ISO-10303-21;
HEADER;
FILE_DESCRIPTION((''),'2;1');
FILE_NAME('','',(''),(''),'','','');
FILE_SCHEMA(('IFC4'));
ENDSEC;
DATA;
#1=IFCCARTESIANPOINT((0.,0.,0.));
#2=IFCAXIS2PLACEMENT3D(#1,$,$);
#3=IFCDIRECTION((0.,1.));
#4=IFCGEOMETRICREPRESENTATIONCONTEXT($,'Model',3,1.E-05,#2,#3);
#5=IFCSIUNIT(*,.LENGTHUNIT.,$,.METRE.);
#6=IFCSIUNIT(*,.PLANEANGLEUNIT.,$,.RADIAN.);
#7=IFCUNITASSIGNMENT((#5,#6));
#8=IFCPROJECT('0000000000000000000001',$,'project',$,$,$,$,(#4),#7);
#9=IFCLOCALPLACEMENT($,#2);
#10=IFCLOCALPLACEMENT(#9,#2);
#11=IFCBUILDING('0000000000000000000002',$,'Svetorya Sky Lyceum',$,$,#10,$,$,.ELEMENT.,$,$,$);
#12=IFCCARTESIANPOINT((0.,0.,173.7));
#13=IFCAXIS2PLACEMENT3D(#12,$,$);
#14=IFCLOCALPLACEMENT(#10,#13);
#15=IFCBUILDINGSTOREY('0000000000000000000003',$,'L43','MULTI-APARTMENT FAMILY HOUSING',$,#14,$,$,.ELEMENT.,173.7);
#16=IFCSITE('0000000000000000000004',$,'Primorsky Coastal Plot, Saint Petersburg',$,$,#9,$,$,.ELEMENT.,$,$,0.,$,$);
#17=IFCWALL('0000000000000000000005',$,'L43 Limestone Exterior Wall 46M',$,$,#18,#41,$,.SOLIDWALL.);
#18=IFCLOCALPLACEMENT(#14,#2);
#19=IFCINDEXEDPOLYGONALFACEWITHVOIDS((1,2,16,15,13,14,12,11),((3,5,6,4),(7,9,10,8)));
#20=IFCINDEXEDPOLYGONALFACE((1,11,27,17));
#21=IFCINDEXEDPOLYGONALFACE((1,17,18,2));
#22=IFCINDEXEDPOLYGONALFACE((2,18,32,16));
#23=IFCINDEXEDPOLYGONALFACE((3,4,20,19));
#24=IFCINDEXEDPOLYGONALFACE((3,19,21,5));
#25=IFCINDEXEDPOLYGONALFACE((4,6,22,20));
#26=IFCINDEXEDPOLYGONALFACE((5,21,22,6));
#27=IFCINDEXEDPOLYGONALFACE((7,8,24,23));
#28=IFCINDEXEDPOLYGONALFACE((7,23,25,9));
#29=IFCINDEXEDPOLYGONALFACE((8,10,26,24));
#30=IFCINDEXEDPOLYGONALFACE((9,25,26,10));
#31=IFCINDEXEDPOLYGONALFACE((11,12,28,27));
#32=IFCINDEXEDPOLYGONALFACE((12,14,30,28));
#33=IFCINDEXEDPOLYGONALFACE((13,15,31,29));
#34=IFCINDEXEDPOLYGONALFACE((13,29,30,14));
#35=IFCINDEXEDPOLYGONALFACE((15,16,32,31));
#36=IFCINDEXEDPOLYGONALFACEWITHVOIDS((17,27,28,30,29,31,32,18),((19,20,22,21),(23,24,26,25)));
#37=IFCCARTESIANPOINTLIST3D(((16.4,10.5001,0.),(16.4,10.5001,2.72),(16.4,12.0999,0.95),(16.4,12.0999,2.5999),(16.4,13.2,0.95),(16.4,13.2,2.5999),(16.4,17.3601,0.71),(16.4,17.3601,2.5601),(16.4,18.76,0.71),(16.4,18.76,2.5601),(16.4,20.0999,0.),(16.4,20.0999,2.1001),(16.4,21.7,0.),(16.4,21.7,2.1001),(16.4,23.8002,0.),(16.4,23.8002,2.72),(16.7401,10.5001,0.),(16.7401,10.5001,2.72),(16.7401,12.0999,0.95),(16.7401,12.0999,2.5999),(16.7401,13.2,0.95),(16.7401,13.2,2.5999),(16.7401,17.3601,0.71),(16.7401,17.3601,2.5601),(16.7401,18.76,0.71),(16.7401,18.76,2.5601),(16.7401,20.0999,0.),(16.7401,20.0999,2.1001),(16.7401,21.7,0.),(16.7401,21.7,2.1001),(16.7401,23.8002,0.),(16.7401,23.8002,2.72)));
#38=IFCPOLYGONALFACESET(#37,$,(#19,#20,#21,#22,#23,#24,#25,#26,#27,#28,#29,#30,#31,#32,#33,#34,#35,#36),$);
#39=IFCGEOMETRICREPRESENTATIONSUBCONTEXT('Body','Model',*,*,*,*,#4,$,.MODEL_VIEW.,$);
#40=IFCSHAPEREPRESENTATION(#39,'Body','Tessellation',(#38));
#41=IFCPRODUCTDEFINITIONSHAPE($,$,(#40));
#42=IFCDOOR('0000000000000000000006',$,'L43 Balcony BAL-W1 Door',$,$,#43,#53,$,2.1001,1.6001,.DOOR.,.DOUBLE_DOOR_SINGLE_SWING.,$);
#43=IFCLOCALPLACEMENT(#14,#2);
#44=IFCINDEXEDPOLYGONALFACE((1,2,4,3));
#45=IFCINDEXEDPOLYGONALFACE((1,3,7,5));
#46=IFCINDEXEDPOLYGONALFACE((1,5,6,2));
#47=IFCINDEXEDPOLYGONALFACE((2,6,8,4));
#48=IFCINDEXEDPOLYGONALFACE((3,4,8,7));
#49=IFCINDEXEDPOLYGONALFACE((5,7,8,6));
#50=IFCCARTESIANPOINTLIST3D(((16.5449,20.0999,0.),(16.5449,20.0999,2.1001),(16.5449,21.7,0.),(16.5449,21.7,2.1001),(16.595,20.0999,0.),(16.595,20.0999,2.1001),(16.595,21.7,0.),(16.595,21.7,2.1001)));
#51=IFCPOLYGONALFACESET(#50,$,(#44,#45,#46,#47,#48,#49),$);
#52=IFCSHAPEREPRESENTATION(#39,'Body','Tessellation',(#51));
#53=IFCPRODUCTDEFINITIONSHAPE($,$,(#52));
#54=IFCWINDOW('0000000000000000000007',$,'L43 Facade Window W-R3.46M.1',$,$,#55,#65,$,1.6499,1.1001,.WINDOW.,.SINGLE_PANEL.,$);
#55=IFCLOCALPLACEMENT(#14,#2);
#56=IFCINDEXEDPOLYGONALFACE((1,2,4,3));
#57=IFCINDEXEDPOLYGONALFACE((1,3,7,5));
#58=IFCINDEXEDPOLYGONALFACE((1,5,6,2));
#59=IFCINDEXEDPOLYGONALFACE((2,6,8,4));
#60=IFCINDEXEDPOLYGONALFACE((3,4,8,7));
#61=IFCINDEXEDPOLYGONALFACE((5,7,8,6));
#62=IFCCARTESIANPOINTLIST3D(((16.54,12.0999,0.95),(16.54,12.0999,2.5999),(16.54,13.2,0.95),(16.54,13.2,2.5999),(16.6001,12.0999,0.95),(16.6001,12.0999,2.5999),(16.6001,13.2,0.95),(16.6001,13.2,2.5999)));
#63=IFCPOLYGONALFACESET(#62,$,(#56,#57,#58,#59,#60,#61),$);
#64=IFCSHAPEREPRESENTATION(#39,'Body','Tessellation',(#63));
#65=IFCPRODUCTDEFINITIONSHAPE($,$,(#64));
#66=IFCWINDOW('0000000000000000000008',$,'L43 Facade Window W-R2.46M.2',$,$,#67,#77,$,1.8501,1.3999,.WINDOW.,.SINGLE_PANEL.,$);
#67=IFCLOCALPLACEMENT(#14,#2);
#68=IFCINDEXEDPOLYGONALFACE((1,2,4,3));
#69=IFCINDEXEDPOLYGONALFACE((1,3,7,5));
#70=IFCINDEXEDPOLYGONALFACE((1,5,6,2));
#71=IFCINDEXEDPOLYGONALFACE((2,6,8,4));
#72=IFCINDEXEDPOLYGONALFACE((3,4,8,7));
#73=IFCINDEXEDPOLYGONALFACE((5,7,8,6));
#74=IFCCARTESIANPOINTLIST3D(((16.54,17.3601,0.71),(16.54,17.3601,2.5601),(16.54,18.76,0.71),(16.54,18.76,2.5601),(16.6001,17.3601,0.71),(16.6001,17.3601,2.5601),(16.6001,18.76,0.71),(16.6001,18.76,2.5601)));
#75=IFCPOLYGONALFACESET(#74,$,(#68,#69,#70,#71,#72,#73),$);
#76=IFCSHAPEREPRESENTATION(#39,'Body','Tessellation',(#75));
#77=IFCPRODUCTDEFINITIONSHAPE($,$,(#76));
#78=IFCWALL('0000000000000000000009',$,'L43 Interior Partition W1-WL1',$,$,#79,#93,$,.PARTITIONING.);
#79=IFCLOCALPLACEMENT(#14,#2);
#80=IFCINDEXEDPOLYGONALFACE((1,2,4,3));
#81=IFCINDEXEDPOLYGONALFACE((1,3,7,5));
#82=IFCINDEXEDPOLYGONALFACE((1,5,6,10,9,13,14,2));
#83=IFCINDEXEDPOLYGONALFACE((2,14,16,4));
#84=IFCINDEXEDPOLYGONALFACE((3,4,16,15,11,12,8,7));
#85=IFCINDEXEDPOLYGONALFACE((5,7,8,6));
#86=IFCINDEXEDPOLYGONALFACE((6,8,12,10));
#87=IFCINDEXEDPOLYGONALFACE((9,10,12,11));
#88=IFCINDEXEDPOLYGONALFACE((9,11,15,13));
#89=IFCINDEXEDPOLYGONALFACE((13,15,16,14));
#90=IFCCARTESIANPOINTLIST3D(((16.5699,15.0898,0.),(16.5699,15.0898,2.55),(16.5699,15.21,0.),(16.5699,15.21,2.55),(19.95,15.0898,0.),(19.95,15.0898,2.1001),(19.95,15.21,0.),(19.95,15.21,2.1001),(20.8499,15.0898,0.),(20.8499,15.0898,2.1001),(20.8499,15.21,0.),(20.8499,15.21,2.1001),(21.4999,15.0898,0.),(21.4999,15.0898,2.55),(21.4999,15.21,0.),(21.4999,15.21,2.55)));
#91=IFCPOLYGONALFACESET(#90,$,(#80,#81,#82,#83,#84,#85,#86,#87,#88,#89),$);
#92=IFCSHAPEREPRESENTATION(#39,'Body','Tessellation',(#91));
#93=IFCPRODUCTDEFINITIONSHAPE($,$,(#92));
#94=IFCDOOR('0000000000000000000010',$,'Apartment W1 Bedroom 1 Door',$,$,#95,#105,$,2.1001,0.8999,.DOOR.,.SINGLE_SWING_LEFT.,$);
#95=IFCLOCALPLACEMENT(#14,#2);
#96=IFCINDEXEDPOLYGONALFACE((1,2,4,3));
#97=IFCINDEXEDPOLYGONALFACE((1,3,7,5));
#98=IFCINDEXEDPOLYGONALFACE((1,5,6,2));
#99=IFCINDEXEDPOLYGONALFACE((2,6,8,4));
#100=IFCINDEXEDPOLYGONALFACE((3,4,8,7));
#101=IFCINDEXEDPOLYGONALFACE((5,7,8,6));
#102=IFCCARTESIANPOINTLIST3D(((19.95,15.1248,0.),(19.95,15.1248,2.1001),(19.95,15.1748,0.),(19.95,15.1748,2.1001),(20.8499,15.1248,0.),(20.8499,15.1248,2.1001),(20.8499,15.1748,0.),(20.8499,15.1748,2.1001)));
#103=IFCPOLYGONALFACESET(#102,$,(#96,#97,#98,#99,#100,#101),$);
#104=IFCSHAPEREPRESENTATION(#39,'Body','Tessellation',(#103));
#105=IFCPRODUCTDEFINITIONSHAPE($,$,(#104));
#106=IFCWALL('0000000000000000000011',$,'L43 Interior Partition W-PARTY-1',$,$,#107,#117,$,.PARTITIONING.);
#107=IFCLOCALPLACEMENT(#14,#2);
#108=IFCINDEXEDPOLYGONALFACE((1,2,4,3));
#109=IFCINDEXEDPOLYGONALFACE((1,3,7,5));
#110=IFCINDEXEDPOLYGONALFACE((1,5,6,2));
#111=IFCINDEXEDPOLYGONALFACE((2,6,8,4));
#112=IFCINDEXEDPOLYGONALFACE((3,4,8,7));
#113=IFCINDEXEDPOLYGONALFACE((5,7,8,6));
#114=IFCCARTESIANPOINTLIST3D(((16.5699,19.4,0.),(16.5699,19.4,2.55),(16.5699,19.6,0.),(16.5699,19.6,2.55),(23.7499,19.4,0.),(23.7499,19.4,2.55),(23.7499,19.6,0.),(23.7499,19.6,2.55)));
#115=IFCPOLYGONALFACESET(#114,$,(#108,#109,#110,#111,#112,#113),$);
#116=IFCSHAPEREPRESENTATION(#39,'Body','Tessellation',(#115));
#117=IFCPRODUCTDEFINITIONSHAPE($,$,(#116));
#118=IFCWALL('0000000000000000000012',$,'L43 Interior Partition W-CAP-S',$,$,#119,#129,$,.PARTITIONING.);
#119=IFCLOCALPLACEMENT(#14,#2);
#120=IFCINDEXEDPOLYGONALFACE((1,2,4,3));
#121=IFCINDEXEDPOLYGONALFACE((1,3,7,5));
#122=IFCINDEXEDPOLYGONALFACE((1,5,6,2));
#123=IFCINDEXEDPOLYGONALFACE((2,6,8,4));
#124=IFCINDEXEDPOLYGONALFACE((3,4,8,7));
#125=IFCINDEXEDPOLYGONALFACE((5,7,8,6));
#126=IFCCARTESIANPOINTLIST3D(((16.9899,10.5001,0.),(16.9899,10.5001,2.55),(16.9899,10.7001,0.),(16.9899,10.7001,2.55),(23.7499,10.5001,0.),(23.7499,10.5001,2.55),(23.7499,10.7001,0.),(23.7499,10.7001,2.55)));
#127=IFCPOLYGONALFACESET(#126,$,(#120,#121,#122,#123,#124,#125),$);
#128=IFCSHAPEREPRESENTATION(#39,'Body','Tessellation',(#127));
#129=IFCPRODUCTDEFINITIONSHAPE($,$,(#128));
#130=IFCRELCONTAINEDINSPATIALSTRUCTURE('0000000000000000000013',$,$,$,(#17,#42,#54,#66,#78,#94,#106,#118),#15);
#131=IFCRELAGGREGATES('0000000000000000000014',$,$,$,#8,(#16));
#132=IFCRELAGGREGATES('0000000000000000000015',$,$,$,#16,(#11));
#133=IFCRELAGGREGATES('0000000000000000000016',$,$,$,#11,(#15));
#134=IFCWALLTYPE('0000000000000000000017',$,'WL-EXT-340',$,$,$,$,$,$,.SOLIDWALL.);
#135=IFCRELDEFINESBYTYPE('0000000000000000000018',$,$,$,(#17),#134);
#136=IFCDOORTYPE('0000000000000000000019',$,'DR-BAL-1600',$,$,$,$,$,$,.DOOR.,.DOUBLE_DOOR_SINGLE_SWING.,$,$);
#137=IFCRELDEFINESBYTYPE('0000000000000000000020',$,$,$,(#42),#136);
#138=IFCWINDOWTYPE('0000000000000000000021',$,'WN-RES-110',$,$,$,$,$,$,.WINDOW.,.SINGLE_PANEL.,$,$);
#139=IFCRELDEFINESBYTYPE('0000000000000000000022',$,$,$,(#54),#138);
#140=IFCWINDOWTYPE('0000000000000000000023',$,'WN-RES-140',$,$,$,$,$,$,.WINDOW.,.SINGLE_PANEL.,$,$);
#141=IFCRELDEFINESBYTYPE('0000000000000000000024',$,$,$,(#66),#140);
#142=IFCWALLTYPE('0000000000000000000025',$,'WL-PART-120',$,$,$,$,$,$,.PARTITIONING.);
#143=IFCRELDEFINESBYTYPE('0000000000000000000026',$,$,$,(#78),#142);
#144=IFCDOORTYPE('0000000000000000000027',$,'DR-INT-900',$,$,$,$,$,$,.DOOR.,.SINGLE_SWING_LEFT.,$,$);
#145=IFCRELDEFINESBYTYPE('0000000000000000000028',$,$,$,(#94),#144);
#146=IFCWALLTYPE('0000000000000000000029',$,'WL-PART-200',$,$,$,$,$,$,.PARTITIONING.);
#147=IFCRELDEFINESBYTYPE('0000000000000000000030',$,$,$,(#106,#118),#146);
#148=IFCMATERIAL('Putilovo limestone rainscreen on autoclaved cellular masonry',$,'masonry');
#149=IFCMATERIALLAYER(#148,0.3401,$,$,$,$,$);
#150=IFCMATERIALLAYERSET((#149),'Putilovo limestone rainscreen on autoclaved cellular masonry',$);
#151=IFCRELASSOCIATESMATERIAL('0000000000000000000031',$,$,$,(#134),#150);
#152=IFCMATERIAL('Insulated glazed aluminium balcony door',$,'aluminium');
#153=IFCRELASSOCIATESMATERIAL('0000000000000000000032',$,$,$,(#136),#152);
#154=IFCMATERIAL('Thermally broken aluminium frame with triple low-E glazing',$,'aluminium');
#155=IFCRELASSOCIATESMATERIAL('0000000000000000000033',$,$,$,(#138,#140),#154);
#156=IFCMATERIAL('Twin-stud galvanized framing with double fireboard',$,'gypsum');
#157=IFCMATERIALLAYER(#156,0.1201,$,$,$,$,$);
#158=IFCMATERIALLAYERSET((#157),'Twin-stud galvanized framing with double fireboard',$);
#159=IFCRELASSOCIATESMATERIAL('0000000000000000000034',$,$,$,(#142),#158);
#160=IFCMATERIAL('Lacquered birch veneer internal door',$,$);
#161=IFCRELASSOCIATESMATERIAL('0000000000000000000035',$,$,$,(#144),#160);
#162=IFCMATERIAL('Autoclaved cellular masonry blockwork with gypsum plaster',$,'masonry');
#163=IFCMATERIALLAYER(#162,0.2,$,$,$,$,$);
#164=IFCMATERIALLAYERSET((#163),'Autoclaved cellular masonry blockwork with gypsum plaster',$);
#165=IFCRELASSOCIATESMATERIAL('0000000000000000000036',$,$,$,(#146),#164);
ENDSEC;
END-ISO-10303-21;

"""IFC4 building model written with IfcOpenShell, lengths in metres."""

from ifc_helpers import new_model, si_unit, direction, frame, frame_2d, origin, place, context, subcontext, project, spatial, rectangle, extrude, material, layer, layer_set, type_object, element, fill, save


model = new_model("IFC4")

# Units and contexts
model_context = context("Model", 3, precision=1e-05, world=origin(), true_north=direction((0.0, 1.0)))
body_context = subcontext(model_context, "Body", "Model", "MODEL_VIEW")
ifc_project = project(units=[si_unit("LENGTHUNIT", "METRE"), si_unit("PLANEANGLEUNIT", "RADIAN")], contexts=[model_context])

# Site, building, storey
site_placement = place(None, origin())
site = spatial("IfcSite", under=ifc_project, at=site_placement, Name="Primorsky Coastal Plot, Saint Petersburg", CompositionType="ELEMENT", RefElevation=0.0)
building_placement = place(site_placement, origin())
building = spatial("IfcBuilding", under=site, at=building_placement, Name="Svetorya Sky Lyceum", CompositionType="ELEMENT")
storey_placement = place(building_placement, frame((0.0, 0.0, 173.7)))
storey = spatial("IfcBuildingStorey", under=building, at=storey_placement, Name="L43", Description="MULTI-APARTMENT FAMILY HOUSING", CompositionType="ELEMENT", Elevation=173.7)

# Shared definitions
ifc_material_1 = material(Name="Putilovo limestone rainscreen on autoclaved cellular masonry", Category="masonry")
ifc_layer_1 = layer(ifc_material_1, 0.3401)
ifc_layer_set_1 = layer_set([ifc_layer_1], Name="Putilovo limestone rainscreen on autoclaved cellular masonry")
wall_type_1 = type_object("IfcWallType", Name="WL-EXT-340", PredefinedType="SOLIDWALL", material=ifc_layer_set_1)

# Wall, openings, door, windows
wall_1_placement = place(storey_placement, frame((16.5701, 23.8, 0.0), z_axis=(0.0, 0.0, 1.0), x_axis=(0.0, -1.0, 0.0)))
wall_1 = element("IfcWall", 1, at=wall_1_placement, inside=storey, type_object=wall_type_1, Name="L43 Limestone Exterior Wall 46M", PredefinedType="SOLIDWALL", context=body_context, shape_type="SweptSolid", body=[
    extrude(rectangle(XDim=13.3, YDim=0.3401, at=frame_2d((6.6499, 0.0))), origin(), (0.0, 0.0, 1.0), 2.72),
])
opening_1_placement = place(wall_1_placement, frame((2.1001, 0.0, 0.0)))
opening_1 = element("IfcOpeningElement", 2, at=opening_1_placement, cuts=wall_1, PredefinedType="OPENING", context=body_context, shape_type="SweptSolid", body=[
    extrude(rectangle(XDim=1.6001, YDim=2.1001, at=frame_2d((0.8, 1.05))), frame((0.0, 0.1799, 0.0), z_axis=(0.0, -1.0, 0.0), x_axis=(1.0, 0.0, 0.0)), (0.0, 0.0, 1.0), 0.3601),
])
opening_2_placement = place(wall_1_placement, frame((5.04, 0.0, 0.71)))
opening_2 = element("IfcOpeningElement", 3, at=opening_2_placement, cuts=wall_1, PredefinedType="OPENING", context=body_context, shape_type="SweptSolid", body=[
    extrude(rectangle(XDim=1.3999, YDim=1.8501, at=frame_2d((0.7, 0.925))), frame((0.0, 0.1799, 0.0), z_axis=(0.0, -1.0, 0.0), x_axis=(1.0, 0.0, 0.0)), (0.0, 0.0, 1.0), 0.3601),
])
opening_3_placement = place(wall_1_placement, frame((10.6001, 0.0, 0.95)))
opening_3 = element("IfcOpeningElement", 4, at=opening_3_placement, cuts=wall_1, PredefinedType="OPENING", context=body_context, shape_type="SweptSolid", body=[
    extrude(rectangle(XDim=1.1001, YDim=1.6499, at=frame_2d((0.55, 0.825))), frame((0.0, 0.1799, 0.0), z_axis=(0.0, -1.0, 0.0), x_axis=(1.0, 0.0, 0.0)), (0.0, 0.0, 1.0), 0.3601),
])
ifc_material_2 = material(Name="Insulated glazed aluminium balcony door", Category="aluminium")
door_type_1 = type_object("IfcDoorType", Name="DR-BAL-1600", OperationType="DOUBLE_DOOR_SINGLE_SWING", PredefinedType="DOOR", material=ifc_material_2)
door_1_placement = place(opening_1_placement, origin())
door_1 = element("IfcDoor", 5, at=door_1_placement, inside=storey, type_object=door_type_1, Name="L43 Balcony BAL-W1 Door", OperationType="DOUBLE_DOOR_SINGLE_SWING", OverallHeight=2.1001, OverallWidth=1.6001, PredefinedType="DOOR", context=body_context, shape_type="SweptSolid", body=[
    extrude(rectangle(XDim=1.6001, YDim=2.1001, at=frame_2d((0.8, 1.05))), frame((0.0, 0.0249, 0.0), z_axis=(0.0, -1.0, 0.0), x_axis=(1.0, 0.0, 0.0)), (0.0, 0.0, 1.0), 0.05),
])
fill(opening_1, door_1)
ifc_material_3 = material(Name="Thermally broken aluminium frame with triple low-E glazing", Category="aluminium")
window_type_1 = type_object("IfcWindowType", Name="WN-RES-110", PartitioningType="SINGLE_PANEL", PredefinedType="WINDOW", material=ifc_material_3)
window_1_placement = place(opening_3_placement, origin())
window_1 = element("IfcWindow", 6, at=window_1_placement, inside=storey, type_object=window_type_1, Name="L43 Facade Window W-R3.46M.1", OverallHeight=1.6499, OverallWidth=1.1001, PartitioningType="SINGLE_PANEL", PredefinedType="WINDOW", context=body_context, shape_type="SweptSolid", body=[
    extrude(rectangle(XDim=1.1001, YDim=1.6499, at=frame_2d((0.55, 0.825))), frame((0.0, 0.03, 0.0), z_axis=(0.0, -1.0, 0.0), x_axis=(1.0, 0.0, 0.0)), (0.0, 0.0, 1.0), 0.0601),
])
fill(opening_3, window_1)
window_type_2 = type_object("IfcWindowType", Name="WN-RES-140", PartitioningType="SINGLE_PANEL", PredefinedType="WINDOW", material=ifc_material_3)
window_2_placement = place(opening_2_placement, origin())
window_2 = element("IfcWindow", 7, at=window_2_placement, inside=storey, type_object=window_type_2, Name="L43 Facade Window W-R2.46M.2", OverallHeight=1.8501, OverallWidth=1.3999, PartitioningType="SINGLE_PANEL", PredefinedType="WINDOW", context=body_context, shape_type="SweptSolid", body=[
    extrude(rectangle(XDim=1.3999, YDim=1.8501, at=frame_2d((0.7, 0.925))), frame((0.0, 0.03, 0.0), z_axis=(0.0, -1.0, 0.0), x_axis=(1.0, 0.0, 0.0)), (0.0, 0.0, 1.0), 0.0601),
])
fill(opening_2, window_2)

# Wall, opening, door
ifc_material_4 = material(Name="Twin-stud galvanized framing with double fireboard", Category="gypsum")
ifc_layer_2 = layer(ifc_material_4, 0.1201)
ifc_layer_set_2 = layer_set([ifc_layer_2], Name="Twin-stud galvanized framing with double fireboard")
wall_type_2 = type_object("IfcWallType", Name="WL-PART-120", PredefinedType="PARTITIONING", material=ifc_layer_set_2)
wall_2_placement = place(storey_placement, frame((16.5701, 15.1499, 0.0), z_axis=(0.0, 0.0, 1.0), x_axis=(1.0, 0.0, 0.0)))
wall_2 = element("IfcWall", 8, at=wall_2_placement, inside=storey, type_object=wall_type_2, Name="L43 Interior Partition W1-WL1", PredefinedType="PARTITIONING", context=body_context, shape_type="SweptSolid", body=[
    extrude(rectangle(XDim=4.9299, YDim=0.1201, at=frame_2d((2.4648, 0.0))), origin(), (0.0, 0.0, 1.0), 2.55),
])
opening_4_placement = place(wall_2_placement, frame((3.3799, 0.0, 0.0)))
opening_4 = element("IfcOpeningElement", 9, at=opening_4_placement, cuts=wall_2, PredefinedType="OPENING", context=body_context, shape_type="SweptSolid", body=[
    extrude(rectangle(XDim=0.8999, YDim=2.1001, at=frame_2d((0.45, 1.05))), frame((0.0, 0.0701, 0.0), z_axis=(0.0, -1.0, 0.0), x_axis=(1.0, 0.0, 0.0)), (0.0, 0.0, 1.0), 0.1401),
])
ifc_material_5 = material(Name="Lacquered birch veneer internal door")
door_type_2 = type_object("IfcDoorType", Name="DR-INT-900", OperationType="SINGLE_SWING_LEFT", PredefinedType="DOOR", material=ifc_material_5)
door_2_placement = place(opening_4_placement, origin())
door_2 = element("IfcDoor", 10, at=door_2_placement, inside=storey, type_object=door_type_2, Name="Apartment W1 Bedroom 1 Door", OperationType="SINGLE_SWING_LEFT", OverallHeight=2.1001, OverallWidth=0.8999, PredefinedType="DOOR", context=body_context, shape_type="SweptSolid", body=[
    extrude(rectangle(XDim=0.8999, YDim=2.1001, at=frame_2d((0.45, 1.05))), frame((0.0, 0.0249, 0.0), z_axis=(0.0, -1.0, 0.0), x_axis=(1.0, 0.0, 0.0)), (0.0, 0.0, 1.0), 0.05),
])
fill(opening_4, door_2)

# Walls
ifc_material_6 = material(Name="Autoclaved cellular masonry blockwork with gypsum plaster", Category="masonry")
ifc_layer_3 = layer(ifc_material_6, 0.2)
ifc_layer_set_3 = layer_set([ifc_layer_3], Name="Autoclaved cellular masonry blockwork with gypsum plaster")
wall_type_3 = type_object("IfcWallType", Name="WL-PART-200", PredefinedType="PARTITIONING", material=ifc_layer_set_3)
wall_3_placement = place(storey_placement, frame((16.5701, 19.5, 0.0), z_axis=(0.0, 0.0, 1.0), x_axis=(1.0, 0.0, 0.0)))
element("IfcWall", 11, at=wall_3_placement, inside=storey, type_object=wall_type_3, Name="L43 Interior Partition W-PARTY-1", PredefinedType="PARTITIONING", context=body_context, shape_type="SweptSolid", body=[
    extrude(rectangle(XDim=7.1799, YDim=0.2, at=frame_2d((3.5898, 0.0))), origin(), (0.0, 0.0, 1.0), 2.55),
])
wall_4_placement = place(storey_placement, frame((16.99, 10.6001, 0.0), z_axis=(0.0, 0.0, 1.0), x_axis=(1.0, 0.0, 0.0)))
element("IfcWall", 12, at=wall_4_placement, inside=storey, type_object=wall_type_3, Name="L43 Interior Partition W-CAP-S", PredefinedType="PARTITIONING", context=body_context, shape_type="SweptSolid", body=[
    extrude(rectangle(XDim=6.76, YDim=0.2, at=frame_2d((3.3799, 0.0))), origin(), (0.0, 0.0, 1.0), 2.55),
])

save(model, "model.ifc")
